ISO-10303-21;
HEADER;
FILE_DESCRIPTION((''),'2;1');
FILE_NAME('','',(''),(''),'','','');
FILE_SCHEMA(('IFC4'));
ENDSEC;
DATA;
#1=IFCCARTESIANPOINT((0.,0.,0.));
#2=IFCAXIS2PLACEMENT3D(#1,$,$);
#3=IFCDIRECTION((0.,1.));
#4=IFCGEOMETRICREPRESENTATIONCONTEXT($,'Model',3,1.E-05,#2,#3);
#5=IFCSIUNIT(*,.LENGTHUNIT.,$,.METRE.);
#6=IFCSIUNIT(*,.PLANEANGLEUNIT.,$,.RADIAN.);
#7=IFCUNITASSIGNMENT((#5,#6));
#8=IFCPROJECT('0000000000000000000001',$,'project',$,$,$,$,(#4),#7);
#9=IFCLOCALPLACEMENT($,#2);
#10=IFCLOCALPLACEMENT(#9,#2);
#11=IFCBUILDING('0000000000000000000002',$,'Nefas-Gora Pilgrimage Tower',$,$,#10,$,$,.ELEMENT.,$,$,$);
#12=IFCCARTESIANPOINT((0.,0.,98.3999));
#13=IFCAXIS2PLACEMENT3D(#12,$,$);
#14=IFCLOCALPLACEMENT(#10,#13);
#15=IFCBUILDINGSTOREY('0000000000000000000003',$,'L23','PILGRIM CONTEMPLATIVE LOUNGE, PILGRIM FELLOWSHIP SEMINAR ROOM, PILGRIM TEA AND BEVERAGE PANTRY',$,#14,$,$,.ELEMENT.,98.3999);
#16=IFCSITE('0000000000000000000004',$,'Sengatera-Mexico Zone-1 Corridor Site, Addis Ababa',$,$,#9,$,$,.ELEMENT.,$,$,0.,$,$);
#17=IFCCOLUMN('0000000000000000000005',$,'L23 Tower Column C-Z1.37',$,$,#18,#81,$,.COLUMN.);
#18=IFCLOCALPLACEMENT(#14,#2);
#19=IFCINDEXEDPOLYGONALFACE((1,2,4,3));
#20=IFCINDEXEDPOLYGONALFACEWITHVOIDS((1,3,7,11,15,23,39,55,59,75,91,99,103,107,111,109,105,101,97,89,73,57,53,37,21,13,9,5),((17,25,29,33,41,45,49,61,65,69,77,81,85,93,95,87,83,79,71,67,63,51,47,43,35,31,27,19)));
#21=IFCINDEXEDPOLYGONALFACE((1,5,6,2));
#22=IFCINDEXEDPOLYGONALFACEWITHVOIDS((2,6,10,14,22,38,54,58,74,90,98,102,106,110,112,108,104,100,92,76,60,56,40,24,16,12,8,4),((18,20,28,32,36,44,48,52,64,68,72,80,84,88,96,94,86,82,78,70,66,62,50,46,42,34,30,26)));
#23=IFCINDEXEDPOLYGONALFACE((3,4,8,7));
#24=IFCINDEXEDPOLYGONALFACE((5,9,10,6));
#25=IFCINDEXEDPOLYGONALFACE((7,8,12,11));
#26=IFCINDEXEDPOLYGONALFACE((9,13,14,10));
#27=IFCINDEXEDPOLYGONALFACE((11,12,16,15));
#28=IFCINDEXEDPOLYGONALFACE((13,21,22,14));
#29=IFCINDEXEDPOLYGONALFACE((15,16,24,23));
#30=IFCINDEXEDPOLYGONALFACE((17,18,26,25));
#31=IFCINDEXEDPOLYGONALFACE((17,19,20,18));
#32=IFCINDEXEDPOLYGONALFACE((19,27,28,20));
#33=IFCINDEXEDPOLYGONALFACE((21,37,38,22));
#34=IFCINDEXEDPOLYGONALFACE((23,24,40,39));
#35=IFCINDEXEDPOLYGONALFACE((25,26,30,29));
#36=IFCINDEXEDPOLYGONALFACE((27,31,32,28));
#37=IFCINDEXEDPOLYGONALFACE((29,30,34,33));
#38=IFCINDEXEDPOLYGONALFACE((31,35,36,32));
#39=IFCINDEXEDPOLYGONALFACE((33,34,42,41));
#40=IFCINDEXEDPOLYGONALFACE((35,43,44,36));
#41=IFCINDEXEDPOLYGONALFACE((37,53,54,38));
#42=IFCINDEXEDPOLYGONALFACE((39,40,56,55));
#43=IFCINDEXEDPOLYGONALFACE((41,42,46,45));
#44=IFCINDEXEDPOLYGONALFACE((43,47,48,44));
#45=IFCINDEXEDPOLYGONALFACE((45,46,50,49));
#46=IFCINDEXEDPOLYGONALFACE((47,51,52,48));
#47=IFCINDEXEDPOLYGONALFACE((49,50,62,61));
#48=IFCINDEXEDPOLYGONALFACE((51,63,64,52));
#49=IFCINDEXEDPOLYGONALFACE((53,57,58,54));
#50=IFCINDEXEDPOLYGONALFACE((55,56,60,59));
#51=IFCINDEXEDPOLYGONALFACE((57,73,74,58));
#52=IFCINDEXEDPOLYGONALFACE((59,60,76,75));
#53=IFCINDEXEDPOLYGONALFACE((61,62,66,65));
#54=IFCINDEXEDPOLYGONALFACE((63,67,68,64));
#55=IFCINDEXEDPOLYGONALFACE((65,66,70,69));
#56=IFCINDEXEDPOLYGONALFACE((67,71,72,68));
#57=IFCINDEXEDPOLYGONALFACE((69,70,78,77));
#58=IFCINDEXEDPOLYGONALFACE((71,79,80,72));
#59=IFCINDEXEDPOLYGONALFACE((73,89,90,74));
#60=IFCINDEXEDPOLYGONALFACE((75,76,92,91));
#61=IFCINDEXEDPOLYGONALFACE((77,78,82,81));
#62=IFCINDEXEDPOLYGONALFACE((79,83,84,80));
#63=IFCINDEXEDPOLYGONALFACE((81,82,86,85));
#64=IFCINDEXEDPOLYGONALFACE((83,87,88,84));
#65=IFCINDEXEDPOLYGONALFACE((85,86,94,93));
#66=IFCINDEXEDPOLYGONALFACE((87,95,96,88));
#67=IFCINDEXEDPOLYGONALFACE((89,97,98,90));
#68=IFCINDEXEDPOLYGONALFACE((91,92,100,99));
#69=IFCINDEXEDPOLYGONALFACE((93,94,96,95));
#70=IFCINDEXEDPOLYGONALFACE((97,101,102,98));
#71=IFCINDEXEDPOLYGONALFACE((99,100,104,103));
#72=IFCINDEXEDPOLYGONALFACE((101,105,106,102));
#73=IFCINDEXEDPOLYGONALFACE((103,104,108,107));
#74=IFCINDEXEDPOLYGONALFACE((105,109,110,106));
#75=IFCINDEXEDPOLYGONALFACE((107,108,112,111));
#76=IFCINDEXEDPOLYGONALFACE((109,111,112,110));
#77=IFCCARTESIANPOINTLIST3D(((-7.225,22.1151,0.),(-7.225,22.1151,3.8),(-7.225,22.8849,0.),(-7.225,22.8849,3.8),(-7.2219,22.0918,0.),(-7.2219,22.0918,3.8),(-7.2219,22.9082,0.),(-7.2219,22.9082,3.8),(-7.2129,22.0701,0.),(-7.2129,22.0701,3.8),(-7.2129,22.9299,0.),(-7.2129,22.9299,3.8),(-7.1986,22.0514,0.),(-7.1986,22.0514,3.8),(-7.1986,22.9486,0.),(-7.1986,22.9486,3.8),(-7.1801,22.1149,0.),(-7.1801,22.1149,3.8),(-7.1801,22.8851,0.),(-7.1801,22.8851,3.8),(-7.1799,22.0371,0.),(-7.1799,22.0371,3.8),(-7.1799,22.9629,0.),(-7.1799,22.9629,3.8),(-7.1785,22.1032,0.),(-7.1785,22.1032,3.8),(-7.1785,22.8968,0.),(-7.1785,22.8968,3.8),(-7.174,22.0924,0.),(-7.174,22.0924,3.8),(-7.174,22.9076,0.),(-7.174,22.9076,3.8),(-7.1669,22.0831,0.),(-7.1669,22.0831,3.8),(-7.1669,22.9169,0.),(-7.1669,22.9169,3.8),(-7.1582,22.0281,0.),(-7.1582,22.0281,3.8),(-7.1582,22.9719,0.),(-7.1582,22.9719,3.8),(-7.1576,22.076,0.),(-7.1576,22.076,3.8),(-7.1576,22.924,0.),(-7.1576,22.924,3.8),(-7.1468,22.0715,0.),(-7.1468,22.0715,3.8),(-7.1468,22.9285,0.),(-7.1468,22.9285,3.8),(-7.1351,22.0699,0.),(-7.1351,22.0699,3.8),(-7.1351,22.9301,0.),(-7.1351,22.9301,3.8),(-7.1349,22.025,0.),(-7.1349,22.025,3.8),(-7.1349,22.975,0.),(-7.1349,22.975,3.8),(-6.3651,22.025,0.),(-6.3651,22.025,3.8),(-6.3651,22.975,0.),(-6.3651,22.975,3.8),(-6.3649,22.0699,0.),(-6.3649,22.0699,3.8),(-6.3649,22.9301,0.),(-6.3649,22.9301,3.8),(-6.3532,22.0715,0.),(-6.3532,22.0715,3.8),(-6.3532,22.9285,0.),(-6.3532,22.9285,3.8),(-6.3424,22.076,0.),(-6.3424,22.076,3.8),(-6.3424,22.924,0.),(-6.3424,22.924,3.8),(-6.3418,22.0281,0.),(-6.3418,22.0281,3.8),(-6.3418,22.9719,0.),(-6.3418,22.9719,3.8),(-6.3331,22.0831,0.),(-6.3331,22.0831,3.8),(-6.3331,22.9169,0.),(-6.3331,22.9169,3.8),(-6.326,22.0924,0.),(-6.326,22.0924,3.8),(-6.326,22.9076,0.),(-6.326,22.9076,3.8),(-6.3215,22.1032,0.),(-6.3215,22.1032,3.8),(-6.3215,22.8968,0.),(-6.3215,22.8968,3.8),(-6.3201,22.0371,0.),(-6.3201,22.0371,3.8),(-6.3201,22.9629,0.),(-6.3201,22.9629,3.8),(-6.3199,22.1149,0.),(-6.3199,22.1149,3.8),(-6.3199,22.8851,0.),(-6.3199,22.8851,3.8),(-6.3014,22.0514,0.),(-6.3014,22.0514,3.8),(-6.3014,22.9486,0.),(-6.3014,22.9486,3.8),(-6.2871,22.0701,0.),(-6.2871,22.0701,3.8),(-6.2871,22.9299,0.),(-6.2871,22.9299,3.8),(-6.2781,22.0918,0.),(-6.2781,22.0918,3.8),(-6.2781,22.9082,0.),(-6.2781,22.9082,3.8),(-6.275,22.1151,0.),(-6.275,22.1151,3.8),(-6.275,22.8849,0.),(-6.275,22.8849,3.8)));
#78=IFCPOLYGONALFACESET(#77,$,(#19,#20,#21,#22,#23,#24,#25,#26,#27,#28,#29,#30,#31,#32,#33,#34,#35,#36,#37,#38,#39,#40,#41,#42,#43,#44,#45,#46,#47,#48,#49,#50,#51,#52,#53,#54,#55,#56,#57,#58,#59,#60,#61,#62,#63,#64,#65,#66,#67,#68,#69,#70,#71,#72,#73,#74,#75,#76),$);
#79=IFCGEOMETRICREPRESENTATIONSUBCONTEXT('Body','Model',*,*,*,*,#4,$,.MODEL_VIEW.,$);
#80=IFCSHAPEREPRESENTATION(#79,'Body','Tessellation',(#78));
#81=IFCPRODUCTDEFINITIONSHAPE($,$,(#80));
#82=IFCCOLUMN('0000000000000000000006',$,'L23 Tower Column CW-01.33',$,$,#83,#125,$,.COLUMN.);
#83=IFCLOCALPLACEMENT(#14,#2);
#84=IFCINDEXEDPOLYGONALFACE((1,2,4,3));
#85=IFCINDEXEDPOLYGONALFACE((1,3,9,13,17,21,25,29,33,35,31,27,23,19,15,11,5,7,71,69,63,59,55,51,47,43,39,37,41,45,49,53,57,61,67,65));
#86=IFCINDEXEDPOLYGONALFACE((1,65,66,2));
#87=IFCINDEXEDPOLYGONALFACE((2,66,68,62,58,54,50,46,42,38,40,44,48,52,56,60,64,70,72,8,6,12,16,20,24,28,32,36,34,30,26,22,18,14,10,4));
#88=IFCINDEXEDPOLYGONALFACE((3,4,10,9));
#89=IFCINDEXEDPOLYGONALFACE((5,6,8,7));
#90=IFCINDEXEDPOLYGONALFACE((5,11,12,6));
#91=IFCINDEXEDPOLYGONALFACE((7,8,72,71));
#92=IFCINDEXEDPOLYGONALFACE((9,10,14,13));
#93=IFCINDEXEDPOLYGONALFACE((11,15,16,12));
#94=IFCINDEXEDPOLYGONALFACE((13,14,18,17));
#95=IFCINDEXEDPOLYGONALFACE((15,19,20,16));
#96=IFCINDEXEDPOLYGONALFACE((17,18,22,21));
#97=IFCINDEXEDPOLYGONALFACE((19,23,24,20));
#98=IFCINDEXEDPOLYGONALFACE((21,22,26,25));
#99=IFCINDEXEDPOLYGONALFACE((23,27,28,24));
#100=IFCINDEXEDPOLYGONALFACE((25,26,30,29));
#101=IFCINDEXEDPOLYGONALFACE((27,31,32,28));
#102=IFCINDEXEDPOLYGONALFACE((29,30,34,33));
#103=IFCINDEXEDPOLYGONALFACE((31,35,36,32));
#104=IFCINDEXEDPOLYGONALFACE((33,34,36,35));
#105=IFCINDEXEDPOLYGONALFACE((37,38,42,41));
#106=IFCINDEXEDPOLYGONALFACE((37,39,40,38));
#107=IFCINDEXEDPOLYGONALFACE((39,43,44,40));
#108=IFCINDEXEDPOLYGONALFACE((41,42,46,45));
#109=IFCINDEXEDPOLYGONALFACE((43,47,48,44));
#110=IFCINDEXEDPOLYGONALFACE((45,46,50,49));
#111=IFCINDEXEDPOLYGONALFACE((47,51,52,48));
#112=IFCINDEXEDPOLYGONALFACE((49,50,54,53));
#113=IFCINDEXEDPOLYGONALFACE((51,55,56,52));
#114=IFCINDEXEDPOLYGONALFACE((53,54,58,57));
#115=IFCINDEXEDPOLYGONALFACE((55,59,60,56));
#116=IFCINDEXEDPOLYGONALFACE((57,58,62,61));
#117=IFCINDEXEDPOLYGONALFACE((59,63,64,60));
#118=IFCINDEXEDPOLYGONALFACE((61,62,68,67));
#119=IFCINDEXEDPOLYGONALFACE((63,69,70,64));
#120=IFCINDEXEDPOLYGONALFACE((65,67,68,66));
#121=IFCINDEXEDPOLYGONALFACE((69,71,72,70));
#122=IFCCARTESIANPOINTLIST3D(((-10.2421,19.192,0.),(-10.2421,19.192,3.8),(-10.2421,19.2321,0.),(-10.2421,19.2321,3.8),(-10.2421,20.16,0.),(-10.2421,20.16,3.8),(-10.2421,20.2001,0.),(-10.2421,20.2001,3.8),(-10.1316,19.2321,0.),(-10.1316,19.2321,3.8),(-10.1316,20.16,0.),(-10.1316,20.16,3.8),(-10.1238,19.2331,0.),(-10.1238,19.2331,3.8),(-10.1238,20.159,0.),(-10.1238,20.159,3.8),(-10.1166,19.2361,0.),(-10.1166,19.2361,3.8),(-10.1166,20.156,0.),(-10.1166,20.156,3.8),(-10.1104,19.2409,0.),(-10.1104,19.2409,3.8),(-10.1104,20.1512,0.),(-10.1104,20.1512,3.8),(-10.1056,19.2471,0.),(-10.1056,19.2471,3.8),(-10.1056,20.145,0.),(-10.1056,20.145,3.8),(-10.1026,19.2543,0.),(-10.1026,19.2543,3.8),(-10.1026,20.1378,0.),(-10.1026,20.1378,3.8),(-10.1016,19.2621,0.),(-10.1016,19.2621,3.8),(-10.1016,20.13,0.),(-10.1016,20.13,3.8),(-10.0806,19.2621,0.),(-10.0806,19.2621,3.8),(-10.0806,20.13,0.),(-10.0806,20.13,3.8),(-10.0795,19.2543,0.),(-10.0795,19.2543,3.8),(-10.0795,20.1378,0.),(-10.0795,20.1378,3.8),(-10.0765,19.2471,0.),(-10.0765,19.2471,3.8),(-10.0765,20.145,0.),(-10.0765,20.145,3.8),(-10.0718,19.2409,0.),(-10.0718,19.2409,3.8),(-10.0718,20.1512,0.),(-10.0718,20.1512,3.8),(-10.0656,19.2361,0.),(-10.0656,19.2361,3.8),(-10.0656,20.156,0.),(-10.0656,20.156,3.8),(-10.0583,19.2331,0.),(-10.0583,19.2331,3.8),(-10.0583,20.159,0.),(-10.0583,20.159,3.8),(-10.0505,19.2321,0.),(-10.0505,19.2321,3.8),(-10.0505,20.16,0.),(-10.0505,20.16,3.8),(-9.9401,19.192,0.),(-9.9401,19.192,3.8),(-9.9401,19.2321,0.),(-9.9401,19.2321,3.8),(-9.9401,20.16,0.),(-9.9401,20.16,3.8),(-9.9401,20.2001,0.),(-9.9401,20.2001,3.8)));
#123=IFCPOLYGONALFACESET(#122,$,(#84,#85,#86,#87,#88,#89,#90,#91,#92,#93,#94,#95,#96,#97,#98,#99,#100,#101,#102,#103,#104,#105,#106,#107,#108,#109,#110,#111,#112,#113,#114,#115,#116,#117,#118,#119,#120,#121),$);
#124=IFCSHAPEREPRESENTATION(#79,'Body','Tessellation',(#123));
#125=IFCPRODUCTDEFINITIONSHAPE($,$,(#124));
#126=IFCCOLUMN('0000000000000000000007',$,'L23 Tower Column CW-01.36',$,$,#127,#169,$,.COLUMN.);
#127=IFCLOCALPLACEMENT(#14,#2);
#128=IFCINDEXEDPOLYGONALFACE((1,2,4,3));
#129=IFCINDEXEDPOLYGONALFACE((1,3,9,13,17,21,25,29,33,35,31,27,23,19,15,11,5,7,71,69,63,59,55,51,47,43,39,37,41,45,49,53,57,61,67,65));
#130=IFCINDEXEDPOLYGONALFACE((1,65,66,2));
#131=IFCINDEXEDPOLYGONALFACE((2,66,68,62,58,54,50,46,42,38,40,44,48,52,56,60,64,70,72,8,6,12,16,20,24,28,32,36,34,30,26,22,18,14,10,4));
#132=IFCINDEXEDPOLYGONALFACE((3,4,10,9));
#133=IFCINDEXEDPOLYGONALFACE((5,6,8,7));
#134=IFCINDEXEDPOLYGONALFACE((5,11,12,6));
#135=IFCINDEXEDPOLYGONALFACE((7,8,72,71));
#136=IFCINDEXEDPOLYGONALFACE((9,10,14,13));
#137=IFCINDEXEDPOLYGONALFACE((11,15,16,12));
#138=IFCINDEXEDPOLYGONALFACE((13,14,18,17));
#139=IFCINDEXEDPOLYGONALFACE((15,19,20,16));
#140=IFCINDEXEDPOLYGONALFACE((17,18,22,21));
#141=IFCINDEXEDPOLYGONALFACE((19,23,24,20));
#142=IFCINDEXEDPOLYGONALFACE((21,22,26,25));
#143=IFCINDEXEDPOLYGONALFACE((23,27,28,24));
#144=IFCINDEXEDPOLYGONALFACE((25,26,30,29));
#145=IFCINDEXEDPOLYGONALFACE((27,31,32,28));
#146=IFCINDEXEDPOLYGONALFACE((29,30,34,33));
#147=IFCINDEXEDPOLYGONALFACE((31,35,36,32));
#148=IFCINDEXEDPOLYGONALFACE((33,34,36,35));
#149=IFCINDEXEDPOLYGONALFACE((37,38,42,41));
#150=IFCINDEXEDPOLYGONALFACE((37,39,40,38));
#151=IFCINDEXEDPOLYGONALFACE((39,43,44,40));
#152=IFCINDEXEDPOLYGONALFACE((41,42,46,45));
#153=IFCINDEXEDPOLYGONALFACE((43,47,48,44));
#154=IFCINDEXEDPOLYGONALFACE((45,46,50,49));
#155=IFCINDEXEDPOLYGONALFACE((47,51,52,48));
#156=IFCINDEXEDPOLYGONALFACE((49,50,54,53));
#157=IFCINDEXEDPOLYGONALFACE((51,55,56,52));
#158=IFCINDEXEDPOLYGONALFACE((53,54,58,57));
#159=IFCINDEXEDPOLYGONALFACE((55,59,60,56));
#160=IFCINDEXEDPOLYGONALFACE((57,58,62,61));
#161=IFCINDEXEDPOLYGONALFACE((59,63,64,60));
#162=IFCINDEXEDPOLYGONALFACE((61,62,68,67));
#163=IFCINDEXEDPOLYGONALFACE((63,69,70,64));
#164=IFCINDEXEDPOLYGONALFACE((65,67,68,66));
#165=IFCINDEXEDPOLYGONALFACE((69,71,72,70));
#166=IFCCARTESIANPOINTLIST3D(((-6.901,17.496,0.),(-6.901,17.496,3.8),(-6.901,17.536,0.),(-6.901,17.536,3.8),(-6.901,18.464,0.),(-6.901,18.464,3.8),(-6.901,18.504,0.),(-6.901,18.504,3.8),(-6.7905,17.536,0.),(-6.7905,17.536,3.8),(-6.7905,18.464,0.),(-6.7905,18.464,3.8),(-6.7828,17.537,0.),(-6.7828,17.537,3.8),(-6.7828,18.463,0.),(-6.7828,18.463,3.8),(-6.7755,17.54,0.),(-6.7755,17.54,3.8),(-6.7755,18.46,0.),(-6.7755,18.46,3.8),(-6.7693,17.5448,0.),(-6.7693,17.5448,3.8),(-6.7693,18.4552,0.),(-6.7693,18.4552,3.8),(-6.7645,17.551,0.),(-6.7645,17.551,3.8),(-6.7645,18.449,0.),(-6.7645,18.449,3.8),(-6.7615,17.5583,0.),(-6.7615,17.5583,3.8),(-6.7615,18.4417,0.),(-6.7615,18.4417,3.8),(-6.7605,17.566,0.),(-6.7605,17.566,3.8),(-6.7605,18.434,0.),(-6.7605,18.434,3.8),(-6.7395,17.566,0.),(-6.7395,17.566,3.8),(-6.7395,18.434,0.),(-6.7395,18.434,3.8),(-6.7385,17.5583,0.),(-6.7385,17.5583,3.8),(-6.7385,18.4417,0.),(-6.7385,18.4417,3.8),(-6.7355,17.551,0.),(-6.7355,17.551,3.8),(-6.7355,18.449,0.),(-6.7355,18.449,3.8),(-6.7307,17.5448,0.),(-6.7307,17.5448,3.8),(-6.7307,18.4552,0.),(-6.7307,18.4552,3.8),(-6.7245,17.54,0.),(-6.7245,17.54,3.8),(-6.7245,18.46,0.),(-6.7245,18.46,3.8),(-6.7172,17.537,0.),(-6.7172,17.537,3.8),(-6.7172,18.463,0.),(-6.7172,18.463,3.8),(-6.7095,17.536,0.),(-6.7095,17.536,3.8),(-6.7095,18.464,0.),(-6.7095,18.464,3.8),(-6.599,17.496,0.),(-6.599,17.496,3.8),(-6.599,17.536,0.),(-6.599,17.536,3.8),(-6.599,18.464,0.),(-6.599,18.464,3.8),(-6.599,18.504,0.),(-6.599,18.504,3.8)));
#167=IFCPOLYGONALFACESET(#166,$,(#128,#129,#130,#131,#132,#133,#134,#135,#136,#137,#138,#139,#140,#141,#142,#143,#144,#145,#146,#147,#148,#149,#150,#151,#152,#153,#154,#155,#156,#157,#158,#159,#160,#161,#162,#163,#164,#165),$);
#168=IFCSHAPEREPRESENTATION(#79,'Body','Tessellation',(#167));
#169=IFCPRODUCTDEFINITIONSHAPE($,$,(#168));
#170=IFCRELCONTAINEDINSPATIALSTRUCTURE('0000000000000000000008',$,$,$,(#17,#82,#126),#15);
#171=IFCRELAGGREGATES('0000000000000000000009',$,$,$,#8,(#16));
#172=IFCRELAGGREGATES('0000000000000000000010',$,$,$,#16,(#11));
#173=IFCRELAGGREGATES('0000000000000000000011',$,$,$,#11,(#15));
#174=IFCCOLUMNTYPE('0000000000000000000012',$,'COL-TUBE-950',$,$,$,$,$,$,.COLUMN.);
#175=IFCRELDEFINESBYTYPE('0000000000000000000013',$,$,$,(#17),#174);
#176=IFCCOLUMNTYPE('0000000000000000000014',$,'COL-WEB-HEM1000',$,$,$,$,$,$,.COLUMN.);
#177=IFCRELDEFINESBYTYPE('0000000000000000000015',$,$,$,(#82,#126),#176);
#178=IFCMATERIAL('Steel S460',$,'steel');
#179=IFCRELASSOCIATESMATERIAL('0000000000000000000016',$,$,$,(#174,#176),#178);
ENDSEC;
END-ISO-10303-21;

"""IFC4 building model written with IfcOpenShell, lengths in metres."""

from ifc_helpers import new_model, si_unit, direction, frame, origin, origin_2d, place, context, subcontext, project, spatial, hollow_rectangle, i_section, extrude, source, transform, mapped, material, material_profile, profile_set, type_object, element, save


model = new_model("IFC4")

# Units and contexts
model_context = context("Model", 3, precision=1e-05, world=origin(), true_north=direction((0.0, 1.0)))
body_context = subcontext(model_context, "Body", "Model", "MODEL_VIEW")
ifc_project = project(units=[si_unit("LENGTHUNIT", "METRE"), si_unit("PLANEANGLEUNIT", "RADIAN")], contexts=[model_context])

# Site, building, storey
site_placement = place(None, origin())
site = spatial("IfcSite", under=ifc_project, at=site_placement, Name="Sengatera-Mexico Zone-1 Corridor Site, Addis Ababa", CompositionType="ELEMENT", RefElevation=0.0)
building_placement = place(site_placement, origin())
building = spatial("IfcBuilding", under=site, at=building_placement, Name="Nefas-Gora Pilgrimage Tower", CompositionType="ELEMENT")
storey_placement = place(building_placement, frame((0.0, 0.0, 98.3999)))
storey = spatial("IfcBuildingStorey", under=building, at=storey_placement, Name="L23", Description="PILGRIM CONTEMPLATIVE LOUNGE, PILGRIM FELLOWSHIP SEMINAR ROOM, PILGRIM TEA AND BEVERAGE PANTRY", CompositionType="ELEMENT", Elevation=98.3999)

# Columns
ifc_material_1 = material(Name="Steel S460", Category="steel")
ifc_material_profile_1 = material_profile(ifc_material_1, hollow_rectangle(XDim=0.95, YDim=0.95, WallThickness=0.0449, InnerFilletRadius=0.0449, OuterFilletRadius=0.0901, at=origin_2d()), Name="BOX 950x950x45")
ifc_profile_set_1 = profile_set([ifc_material_profile_1], Name="Steel S460")
column_type_1 = type_object("IfcColumnType", Name="COL-TUBE-950", PredefinedType="COLUMN", material=ifc_profile_set_1)
shared_shape_1 = source(origin(), body_context, "Body", "SweptSolid", [
    extrude(hollow_rectangle(XDim=0.95, YDim=0.95, WallThickness=0.0449, InnerFilletRadius=0.0449, OuterFilletRadius=0.0901, at=origin_2d()), origin(), (0.0, 0.0, 1.0), 3.8),
])
column_placement = place(storey_placement, frame((-6.75, 22.5, 0.0), z_axis=(0.0, 0.0, 1.0), x_axis=(1.0, 0.0, 0.0)))
element("IfcColumn", 1, at=column_placement, inside=storey, type_object=column_type_1, Name="L23 Tower Column C-Z1.37", PredefinedType="COLUMN", context=body_context, shape_type="MappedRepresentation", body=[
    mapped(shared_shape_1, transform((0.0, 0.0, 0.0), x_axis=(1.0, 0.0, 0.0), y_axis=(0.0, 1.0, 0.0), z_axis=(0.0, 0.0, 1.0), scale=1.0)),
])
ifc_material_profile_2 = material_profile(ifc_material_1, i_section(OverallWidth=0.302, OverallDepth=1.0081, WebThickness=0.021, FlangeThickness=0.04, FilletRadius=0.03, at=origin_2d()), Name="HEM 1000")
ifc_profile_set_2 = profile_set([ifc_material_profile_2], Name="Steel S460")
column_type_2 = type_object("IfcColumnType", Name="COL-WEB-HEM1000", PredefinedType="COLUMN", material=ifc_profile_set_2)
shared_shape_2 = source(origin(), body_context, "Body", "SweptSolid", [
    extrude(i_section(OverallWidth=0.302, OverallDepth=1.0081, WebThickness=0.021, FlangeThickness=0.04, FilletRadius=0.03, at=origin_2d()), origin(), (0.0, 0.0, 1.0), 3.8),
])
for number, where, z_axis, x_axis, name in (
    (2, (-10.0911, 19.696, 0.0), (0.0, 0.0, 1.0), (1.0, 0.0, 0.0), "L23 Tower Column CW-01.33"),
    (3, (-6.75, 18.0, 0.0), (0.0, 0.0, 1.0), (1.0, 0.0, 0.0), "L23 Tower Column CW-01.36"),
):
    element("IfcColumn", number, at=place(storey_placement, frame(where, z_axis=z_axis, x_axis=x_axis)), inside=storey, type_object=column_type_2, Name=name, PredefinedType="COLUMN", context=body_context, shape_type="MappedRepresentation", body=[
        mapped(shared_shape_2, transform((0.0, 0.0, 0.0), x_axis=(1.0, 0.0, 0.0), y_axis=(0.0, 1.0, 0.0), z_axis=(0.0, 0.0, 1.0), scale=1.0)),
    ])

save(model, "model.ifc")
